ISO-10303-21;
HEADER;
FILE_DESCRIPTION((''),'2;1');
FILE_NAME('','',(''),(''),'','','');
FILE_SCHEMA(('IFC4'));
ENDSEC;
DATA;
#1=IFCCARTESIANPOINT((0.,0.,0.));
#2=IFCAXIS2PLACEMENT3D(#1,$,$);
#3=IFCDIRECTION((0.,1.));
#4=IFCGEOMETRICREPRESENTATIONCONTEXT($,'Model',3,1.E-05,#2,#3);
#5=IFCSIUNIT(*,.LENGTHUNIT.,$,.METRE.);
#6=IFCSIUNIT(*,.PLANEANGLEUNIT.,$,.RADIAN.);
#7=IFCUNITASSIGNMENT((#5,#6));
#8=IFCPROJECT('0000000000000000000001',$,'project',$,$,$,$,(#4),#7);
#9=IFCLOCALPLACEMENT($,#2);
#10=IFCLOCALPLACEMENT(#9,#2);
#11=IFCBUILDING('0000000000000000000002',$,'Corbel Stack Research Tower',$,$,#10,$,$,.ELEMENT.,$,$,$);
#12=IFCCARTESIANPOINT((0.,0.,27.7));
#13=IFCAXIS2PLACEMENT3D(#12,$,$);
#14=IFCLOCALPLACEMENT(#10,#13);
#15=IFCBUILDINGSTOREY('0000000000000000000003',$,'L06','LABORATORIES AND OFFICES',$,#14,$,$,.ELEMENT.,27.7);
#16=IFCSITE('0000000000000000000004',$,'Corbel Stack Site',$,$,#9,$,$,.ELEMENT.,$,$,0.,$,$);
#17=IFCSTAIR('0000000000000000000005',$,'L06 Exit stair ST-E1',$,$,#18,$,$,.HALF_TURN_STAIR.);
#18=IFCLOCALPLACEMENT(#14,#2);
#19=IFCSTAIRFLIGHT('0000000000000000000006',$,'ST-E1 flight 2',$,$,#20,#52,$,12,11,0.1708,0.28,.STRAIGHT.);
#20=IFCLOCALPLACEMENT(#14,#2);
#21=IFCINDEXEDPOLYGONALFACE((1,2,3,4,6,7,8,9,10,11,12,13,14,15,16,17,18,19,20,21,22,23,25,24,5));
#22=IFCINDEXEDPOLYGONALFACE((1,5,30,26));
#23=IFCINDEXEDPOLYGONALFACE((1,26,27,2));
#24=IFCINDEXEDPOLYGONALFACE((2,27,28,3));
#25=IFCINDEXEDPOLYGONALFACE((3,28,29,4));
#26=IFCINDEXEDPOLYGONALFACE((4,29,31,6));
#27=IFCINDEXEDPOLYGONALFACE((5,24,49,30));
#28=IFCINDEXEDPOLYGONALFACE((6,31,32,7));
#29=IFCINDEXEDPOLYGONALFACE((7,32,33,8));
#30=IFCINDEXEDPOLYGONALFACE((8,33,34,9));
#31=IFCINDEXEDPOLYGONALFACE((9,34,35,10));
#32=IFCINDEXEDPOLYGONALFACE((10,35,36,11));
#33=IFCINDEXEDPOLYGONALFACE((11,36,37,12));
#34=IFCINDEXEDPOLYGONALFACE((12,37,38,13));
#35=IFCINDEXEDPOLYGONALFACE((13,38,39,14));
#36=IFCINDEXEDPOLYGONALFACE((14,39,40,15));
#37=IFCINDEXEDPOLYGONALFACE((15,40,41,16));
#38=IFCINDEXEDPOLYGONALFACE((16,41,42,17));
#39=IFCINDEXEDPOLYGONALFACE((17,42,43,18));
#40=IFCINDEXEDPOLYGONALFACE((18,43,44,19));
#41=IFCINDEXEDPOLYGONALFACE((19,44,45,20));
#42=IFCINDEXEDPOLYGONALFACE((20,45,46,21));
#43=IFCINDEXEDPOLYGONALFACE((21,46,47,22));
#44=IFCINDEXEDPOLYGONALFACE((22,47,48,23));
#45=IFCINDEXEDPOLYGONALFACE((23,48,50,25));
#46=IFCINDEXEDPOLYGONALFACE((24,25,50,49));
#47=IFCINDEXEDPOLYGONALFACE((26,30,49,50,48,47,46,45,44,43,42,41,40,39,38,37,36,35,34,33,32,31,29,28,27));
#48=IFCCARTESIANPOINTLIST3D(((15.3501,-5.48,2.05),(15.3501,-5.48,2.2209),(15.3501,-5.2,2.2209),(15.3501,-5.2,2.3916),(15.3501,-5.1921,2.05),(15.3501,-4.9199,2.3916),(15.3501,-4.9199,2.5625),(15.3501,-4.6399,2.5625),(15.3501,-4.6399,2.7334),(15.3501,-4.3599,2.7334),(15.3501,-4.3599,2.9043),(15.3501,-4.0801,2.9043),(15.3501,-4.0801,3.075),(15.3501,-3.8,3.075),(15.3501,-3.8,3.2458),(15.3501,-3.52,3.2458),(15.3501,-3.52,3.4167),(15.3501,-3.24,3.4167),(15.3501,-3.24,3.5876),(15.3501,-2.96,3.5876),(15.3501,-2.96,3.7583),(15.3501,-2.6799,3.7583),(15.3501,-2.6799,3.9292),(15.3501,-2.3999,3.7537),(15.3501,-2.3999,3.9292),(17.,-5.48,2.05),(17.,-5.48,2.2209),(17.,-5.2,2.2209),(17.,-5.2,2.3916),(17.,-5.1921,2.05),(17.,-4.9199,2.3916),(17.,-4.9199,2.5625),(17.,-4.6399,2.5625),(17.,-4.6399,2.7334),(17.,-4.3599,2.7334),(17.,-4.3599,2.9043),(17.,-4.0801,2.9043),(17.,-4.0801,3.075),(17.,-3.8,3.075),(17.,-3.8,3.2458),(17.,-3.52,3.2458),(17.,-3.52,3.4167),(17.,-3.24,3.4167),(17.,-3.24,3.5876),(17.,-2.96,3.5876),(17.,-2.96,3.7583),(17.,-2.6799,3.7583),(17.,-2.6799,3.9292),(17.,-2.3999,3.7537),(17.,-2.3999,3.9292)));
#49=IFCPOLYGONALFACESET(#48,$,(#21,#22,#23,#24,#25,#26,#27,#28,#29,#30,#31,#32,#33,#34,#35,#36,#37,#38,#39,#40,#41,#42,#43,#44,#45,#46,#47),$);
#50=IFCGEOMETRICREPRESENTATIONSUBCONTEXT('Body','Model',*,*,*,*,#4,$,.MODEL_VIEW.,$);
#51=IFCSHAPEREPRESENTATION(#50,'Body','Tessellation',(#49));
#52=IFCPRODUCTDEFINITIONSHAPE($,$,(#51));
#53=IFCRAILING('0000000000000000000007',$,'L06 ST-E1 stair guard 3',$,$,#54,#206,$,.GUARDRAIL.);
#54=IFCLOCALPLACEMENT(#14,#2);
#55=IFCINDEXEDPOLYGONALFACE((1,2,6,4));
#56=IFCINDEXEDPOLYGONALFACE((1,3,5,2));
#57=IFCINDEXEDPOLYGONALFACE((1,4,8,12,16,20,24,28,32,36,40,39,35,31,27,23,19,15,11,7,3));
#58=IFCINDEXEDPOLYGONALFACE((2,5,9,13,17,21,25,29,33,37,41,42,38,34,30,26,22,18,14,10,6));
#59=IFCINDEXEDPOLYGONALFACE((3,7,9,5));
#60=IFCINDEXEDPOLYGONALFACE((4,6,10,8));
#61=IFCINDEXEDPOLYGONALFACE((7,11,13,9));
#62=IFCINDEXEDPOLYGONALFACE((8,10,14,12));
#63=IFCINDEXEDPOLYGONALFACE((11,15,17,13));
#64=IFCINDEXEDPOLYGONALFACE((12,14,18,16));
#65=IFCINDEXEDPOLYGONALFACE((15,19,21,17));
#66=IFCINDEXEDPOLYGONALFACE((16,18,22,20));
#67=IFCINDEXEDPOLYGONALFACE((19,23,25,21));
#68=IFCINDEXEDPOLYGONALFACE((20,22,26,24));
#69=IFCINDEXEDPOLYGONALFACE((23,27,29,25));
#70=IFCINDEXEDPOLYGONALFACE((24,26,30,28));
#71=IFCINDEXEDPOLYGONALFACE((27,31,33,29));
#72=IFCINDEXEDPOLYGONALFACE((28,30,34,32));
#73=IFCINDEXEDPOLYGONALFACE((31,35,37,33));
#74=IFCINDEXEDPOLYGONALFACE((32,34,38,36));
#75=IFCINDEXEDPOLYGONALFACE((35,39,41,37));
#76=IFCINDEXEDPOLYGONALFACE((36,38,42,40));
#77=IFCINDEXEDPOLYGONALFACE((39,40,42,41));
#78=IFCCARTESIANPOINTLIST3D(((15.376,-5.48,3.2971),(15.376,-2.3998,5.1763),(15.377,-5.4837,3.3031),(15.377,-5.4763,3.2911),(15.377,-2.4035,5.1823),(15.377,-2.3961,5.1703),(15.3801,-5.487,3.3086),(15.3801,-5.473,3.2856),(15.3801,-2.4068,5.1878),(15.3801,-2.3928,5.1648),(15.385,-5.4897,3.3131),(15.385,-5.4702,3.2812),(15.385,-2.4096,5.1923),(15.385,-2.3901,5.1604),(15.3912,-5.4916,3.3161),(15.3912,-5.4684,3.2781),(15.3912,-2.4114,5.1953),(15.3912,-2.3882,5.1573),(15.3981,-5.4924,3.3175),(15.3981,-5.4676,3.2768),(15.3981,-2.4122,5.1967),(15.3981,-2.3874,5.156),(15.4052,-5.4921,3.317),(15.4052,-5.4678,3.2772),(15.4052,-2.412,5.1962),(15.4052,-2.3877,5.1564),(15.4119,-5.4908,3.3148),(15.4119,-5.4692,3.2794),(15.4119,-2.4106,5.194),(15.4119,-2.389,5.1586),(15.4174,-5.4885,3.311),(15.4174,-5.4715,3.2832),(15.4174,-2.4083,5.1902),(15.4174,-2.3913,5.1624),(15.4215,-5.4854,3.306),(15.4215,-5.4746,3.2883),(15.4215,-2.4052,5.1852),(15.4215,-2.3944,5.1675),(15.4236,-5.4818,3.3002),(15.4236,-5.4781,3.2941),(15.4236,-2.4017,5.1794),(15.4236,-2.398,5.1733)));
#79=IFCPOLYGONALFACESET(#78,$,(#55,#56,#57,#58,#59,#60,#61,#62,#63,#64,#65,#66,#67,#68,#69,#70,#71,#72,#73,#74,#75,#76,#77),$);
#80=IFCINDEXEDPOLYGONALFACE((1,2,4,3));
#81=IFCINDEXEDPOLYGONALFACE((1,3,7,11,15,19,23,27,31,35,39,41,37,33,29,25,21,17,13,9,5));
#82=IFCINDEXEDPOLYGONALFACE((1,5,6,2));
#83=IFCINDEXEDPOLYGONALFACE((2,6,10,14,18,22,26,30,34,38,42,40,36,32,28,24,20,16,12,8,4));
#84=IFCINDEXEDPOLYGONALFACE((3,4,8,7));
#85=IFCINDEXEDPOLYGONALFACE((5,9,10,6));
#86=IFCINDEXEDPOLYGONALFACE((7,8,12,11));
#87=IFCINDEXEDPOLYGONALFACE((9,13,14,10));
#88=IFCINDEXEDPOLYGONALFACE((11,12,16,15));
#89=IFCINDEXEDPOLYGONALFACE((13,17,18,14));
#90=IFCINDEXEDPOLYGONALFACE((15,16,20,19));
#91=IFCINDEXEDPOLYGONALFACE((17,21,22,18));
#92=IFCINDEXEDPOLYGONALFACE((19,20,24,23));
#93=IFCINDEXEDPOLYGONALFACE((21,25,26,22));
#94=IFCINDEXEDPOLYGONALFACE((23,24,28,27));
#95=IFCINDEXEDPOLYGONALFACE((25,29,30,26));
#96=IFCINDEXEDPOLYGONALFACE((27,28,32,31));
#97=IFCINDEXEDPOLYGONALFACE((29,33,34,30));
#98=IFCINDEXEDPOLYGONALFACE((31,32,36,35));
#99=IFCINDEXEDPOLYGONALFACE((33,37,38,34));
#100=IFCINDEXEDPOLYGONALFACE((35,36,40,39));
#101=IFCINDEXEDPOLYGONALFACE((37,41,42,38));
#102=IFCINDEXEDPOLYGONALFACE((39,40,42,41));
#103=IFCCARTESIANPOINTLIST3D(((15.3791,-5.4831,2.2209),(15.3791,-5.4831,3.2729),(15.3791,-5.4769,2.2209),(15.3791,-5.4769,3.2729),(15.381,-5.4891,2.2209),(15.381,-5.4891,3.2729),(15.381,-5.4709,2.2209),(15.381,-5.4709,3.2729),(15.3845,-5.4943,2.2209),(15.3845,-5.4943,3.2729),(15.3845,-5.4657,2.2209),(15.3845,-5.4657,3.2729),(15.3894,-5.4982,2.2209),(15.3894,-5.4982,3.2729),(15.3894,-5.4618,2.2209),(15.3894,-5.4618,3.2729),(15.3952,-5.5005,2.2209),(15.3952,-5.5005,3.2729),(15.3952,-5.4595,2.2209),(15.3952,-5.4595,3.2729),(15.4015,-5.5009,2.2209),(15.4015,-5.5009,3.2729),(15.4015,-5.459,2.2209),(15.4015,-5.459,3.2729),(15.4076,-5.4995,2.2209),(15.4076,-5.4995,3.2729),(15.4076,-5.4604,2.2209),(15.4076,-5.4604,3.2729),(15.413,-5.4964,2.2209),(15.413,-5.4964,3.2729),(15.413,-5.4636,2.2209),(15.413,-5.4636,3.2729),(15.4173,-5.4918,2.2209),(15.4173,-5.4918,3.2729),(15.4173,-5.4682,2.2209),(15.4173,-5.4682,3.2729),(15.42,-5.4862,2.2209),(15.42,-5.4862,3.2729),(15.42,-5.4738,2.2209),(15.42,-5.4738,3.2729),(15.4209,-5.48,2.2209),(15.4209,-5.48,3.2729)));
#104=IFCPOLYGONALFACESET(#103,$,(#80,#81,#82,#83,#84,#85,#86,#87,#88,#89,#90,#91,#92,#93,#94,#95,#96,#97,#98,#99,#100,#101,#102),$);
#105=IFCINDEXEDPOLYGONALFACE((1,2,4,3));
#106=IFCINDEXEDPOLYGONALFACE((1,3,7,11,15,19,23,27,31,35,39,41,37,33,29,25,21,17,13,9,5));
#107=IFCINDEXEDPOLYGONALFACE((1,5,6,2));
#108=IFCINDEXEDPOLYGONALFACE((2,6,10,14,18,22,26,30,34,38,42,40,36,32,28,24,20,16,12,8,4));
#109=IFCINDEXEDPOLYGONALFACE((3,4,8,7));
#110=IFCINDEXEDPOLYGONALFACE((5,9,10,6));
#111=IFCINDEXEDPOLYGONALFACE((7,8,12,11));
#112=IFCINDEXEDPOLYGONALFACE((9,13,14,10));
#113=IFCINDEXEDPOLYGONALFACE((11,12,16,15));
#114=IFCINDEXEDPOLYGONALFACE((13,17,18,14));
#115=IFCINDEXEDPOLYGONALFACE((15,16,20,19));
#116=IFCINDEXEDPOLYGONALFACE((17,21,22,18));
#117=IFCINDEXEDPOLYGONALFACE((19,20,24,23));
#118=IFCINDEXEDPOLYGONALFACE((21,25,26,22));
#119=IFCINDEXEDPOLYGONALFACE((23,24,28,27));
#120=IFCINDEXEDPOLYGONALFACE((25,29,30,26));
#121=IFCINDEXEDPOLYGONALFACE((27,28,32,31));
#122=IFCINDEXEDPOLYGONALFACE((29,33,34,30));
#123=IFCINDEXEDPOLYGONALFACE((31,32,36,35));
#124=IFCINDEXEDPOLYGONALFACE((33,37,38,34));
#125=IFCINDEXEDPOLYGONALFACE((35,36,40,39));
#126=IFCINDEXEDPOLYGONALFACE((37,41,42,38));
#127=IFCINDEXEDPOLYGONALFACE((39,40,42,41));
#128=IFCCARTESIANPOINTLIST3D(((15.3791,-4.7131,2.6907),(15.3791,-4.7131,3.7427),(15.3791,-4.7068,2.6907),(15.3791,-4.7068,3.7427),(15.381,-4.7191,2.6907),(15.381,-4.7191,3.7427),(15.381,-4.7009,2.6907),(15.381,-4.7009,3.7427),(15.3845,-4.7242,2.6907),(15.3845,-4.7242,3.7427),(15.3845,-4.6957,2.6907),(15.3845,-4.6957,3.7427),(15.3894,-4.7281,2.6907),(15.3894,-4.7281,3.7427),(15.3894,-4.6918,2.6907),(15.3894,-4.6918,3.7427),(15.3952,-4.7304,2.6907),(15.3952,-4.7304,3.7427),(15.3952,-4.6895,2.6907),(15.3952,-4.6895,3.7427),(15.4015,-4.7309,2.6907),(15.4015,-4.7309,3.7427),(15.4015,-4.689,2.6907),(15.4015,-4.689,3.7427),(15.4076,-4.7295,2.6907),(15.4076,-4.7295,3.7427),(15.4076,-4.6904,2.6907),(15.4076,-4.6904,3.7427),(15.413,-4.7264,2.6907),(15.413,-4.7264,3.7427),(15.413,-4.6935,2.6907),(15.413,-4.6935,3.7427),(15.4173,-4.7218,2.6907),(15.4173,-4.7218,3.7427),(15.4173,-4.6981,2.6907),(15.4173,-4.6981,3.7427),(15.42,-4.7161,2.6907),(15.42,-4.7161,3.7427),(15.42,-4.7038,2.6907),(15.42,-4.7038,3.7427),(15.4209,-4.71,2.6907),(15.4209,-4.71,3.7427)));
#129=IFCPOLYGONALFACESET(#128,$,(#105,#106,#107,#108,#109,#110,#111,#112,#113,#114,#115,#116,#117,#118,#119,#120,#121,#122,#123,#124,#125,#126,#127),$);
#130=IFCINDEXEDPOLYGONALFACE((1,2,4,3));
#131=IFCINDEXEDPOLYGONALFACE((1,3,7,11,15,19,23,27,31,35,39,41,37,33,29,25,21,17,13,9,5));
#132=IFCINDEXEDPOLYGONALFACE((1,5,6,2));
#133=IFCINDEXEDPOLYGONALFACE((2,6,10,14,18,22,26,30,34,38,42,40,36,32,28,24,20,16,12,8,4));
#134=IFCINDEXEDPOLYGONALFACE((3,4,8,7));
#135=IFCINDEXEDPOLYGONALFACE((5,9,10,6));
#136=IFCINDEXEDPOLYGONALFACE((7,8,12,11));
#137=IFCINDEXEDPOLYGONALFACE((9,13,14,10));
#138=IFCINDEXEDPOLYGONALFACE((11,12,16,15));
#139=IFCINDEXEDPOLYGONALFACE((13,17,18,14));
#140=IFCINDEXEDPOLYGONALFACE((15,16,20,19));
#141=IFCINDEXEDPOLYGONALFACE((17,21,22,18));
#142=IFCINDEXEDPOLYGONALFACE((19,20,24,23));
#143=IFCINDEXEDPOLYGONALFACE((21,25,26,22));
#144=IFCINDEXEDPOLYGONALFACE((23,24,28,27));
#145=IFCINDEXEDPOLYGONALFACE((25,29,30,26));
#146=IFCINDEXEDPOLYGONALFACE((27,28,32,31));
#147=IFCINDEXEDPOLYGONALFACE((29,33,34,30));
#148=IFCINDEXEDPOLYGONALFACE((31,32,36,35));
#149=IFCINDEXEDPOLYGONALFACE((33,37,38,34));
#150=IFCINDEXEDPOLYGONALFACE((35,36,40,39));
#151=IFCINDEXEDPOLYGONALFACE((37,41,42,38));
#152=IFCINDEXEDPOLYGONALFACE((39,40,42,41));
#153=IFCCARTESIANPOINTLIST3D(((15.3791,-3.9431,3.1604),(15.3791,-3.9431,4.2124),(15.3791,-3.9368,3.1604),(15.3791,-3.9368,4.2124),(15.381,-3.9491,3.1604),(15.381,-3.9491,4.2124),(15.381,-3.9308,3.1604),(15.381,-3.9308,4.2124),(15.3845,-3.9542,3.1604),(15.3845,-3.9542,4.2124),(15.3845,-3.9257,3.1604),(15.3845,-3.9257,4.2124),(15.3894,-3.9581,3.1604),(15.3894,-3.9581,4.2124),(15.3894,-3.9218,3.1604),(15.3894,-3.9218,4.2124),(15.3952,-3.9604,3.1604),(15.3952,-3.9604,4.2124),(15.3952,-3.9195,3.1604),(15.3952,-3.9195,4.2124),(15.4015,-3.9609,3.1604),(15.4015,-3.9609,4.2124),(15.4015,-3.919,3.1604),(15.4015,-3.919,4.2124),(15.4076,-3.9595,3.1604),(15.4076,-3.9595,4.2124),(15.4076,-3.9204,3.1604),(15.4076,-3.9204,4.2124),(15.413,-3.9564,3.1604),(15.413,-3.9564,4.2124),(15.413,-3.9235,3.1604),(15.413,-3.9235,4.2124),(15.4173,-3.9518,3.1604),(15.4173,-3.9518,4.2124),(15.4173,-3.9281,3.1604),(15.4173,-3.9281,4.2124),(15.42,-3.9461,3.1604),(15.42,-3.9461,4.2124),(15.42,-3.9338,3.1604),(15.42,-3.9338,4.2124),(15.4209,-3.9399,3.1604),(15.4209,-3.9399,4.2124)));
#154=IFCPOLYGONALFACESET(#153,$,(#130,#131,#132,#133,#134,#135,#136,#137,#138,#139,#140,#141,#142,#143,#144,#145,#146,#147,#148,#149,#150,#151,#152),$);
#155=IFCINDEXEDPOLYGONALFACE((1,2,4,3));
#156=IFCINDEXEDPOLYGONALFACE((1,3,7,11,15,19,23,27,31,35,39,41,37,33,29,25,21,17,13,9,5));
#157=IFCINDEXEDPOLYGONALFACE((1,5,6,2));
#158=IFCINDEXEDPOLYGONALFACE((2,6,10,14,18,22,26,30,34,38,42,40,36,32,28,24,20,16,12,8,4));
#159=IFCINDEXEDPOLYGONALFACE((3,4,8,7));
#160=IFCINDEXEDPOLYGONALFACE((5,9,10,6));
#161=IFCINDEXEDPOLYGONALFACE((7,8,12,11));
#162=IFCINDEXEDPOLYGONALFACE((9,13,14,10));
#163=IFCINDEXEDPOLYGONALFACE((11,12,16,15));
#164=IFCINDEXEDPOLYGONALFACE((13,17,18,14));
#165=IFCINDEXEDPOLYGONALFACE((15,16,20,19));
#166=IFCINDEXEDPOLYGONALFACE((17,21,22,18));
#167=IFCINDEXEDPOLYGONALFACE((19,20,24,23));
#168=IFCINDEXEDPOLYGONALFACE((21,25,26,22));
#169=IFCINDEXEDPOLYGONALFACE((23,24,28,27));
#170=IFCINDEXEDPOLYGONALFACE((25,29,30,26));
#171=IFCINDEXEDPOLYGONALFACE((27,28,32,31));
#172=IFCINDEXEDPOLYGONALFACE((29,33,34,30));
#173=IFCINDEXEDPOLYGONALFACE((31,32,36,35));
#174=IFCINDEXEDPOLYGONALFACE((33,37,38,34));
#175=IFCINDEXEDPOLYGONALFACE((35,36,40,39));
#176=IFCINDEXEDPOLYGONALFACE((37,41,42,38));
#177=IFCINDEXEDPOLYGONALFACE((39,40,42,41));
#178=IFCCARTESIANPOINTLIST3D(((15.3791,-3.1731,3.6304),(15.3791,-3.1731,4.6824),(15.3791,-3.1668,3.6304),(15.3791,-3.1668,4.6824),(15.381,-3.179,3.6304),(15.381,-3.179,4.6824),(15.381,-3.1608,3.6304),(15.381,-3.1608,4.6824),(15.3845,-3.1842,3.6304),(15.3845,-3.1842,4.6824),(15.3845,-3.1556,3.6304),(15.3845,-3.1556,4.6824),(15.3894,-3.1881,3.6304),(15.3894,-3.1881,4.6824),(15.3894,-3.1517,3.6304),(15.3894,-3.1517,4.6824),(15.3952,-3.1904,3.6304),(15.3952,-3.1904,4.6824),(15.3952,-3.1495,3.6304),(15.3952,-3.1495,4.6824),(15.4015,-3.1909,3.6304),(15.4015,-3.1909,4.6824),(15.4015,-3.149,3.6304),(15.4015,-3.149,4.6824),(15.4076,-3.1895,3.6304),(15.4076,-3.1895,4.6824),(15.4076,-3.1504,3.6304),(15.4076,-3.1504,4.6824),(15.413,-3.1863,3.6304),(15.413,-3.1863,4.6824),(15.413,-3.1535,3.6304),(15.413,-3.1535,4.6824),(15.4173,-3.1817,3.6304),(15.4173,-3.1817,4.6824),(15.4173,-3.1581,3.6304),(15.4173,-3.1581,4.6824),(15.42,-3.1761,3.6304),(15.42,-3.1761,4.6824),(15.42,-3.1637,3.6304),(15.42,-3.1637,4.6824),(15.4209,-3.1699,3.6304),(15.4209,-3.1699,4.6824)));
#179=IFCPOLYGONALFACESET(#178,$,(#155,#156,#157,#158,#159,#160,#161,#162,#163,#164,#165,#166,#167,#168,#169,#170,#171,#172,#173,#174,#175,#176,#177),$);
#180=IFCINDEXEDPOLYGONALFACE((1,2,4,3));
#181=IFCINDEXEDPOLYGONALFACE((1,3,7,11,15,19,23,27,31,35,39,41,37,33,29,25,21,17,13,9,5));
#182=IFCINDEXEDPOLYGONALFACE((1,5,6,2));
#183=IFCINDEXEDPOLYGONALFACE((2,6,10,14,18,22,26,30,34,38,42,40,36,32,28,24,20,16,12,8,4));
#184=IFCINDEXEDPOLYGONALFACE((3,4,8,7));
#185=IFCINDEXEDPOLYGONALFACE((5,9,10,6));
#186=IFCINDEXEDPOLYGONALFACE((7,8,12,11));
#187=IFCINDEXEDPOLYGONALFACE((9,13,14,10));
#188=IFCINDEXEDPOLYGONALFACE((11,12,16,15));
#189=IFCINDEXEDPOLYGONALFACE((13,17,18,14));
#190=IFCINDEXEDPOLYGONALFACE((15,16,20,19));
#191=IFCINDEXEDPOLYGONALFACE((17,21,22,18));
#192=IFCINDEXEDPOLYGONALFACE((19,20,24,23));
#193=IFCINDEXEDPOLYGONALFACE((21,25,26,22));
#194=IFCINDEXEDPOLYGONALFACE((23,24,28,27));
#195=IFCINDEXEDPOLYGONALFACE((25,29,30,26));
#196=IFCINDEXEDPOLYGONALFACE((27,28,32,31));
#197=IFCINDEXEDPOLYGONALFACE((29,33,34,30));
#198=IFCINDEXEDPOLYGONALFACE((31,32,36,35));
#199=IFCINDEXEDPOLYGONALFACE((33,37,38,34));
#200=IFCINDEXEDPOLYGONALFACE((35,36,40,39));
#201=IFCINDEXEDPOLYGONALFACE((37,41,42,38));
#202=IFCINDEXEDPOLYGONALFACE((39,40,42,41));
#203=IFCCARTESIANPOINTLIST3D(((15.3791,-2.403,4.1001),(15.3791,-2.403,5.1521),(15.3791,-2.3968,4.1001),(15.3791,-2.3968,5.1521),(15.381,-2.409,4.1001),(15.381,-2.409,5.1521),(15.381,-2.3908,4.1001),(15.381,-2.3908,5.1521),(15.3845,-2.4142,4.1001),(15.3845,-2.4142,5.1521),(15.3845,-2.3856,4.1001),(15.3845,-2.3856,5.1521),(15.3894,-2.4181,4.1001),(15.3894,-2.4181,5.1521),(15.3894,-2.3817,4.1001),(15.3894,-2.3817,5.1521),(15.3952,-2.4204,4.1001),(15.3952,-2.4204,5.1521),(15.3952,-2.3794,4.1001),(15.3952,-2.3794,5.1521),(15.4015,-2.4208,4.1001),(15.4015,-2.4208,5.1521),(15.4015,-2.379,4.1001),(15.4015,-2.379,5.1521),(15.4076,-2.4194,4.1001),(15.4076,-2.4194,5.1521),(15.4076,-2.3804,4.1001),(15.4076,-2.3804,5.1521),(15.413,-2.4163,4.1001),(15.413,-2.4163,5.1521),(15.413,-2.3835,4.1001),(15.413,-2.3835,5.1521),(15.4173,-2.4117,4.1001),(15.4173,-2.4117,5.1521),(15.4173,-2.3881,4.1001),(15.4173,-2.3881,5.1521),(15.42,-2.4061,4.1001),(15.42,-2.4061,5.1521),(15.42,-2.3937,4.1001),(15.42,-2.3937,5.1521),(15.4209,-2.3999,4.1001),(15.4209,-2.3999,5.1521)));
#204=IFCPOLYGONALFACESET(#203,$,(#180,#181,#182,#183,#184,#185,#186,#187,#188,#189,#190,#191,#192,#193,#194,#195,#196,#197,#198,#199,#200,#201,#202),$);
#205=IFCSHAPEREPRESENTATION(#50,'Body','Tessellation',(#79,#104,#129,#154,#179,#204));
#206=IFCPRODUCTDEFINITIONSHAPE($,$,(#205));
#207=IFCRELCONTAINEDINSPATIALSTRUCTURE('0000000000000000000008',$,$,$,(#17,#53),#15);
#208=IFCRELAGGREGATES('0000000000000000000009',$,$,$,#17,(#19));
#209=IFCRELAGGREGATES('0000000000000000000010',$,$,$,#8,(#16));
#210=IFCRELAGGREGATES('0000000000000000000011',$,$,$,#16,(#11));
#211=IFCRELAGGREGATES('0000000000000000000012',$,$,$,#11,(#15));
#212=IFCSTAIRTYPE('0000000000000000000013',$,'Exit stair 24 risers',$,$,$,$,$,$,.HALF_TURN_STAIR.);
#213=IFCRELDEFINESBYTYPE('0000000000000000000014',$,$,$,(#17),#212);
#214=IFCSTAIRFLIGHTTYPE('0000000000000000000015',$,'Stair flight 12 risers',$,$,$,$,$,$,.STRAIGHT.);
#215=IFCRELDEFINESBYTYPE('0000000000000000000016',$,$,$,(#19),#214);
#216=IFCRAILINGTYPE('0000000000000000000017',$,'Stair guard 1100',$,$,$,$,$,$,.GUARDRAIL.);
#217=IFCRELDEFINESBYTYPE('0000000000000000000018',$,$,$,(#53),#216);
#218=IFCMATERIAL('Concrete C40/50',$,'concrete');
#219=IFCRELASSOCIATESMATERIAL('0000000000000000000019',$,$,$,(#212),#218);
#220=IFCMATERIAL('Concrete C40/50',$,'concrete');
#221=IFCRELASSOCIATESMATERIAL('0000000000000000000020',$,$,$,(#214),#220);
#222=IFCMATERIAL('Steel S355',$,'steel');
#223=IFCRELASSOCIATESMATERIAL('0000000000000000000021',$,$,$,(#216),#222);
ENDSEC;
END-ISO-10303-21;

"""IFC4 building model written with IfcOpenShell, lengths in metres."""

from ifc_helpers import new_model, si_unit, direction, frame, origin, origin_2d, place, context, subcontext, project, spatial, polyline, circle, outline, extrude, material, type_object, element, aggregate, save


model = new_model("IFC4")

# Units and contexts
model_context = context("Model", 3, precision=1e-05, world=origin(), true_north=direction((0.0, 1.0)))
body_context = subcontext(model_context, "Body", "Model", "MODEL_VIEW")
ifc_project = project(units=[si_unit("LENGTHUNIT", "METRE"), si_unit("PLANEANGLEUNIT", "RADIAN")], contexts=[model_context])

# Site, building, storey
site_placement = place(None, origin())
site = spatial("IfcSite", under=ifc_project, at=site_placement, Name="Corbel Stack Site", CompositionType="ELEMENT", RefElevation=0.0)
building_placement = place(site_placement, origin())
building = spatial("IfcBuilding", under=site, at=building_placement, Name="Corbel Stack Research Tower", CompositionType="ELEMENT")
storey_placement = place(building_placement, frame((0.0, 0.0, 27.7)))
storey = spatial("IfcBuildingStorey", under=building, at=storey_placement, Name="L06", Description="LABORATORIES AND OFFICES", CompositionType="ELEMENT", Elevation=27.7)

# Stair, stair flight
ifc_material_1 = material(Name="Concrete C40/50", Category="concrete")
stair_type = type_object("IfcStairType", Name="Exit stair 24 risers", PredefinedType="HALF_TURN_STAIR", material=ifc_material_1)
stair_placement = place(storey_placement, origin())
stair = element("IfcStair", 1, at=stair_placement, inside=storey, type_object=stair_type, Name="L06 Exit stair ST-E1", PredefinedType="HALF_TURN_STAIR")
ifc_material_2 = material(Name="Concrete C40/50", Category="concrete")
stair_flight_type = type_object("IfcStairFlightType", Name="Stair flight 12 risers", PredefinedType="STRAIGHT", material=ifc_material_2)
stair_flight_placement = place(storey_placement, frame((16.175, -5.48, 2.05), z_axis=(0.0, 0.0, 1.0), x_axis=(0.0, 1.0, 0.0)))
stair_flight = element("IfcStairFlight", 2, at=stair_flight_placement, type_object=stair_flight_type, Name="ST-E1 flight 2", NumberOfRisers=12, NumberOfTreads=11, PredefinedType="STRAIGHT", RiserHeight=0.1708, TreadLength=0.28, context=body_context, shape_type="SweptSolid", body=[
    extrude(outline(polyline([(0.0, 0.0), (0.0, 0.1709), (0.28, 0.1709), (0.28, 0.3416), (0.5601, 0.3416), (0.5601, 0.5125), (0.8401, 0.5125), (0.8401, 0.6833), (1.1201, 0.6833), (1.1201, 0.8542), (1.3999, 0.8542), (1.3999, 1.0249), (1.6799, 1.0249), (1.6799, 1.1958), (1.96, 1.1958), (1.96, 1.3667), (2.24, 1.3667), (2.24, 1.5376), (2.52, 1.5376), (2.52, 1.7083), (2.8, 1.7083), (2.8, 1.8792), (3.0801, 1.8792), (3.0801, 2.05), (3.0801, 1.7036), (0.2878, 0.0), (0.0, 0.0)])), frame((0.0, 0.825, 0.0), z_axis=(0.0, -1.0, 0.0), x_axis=(1.0, 0.0, 0.0)), (0.0, 0.0, 1.0), 1.6499),
])
aggregate(stair, [stair_flight])

# Railing
ifc_material_3 = material(Name="Steel S355", Category="steel")
railing_type_1 = type_object("IfcRailingType", Name="Stair guard 1100", PredefinedType="GUARDRAIL", material=ifc_material_3)
railing_1_placement = place(storey_placement, frame((15.3999, -5.48, 2.2209)))
element("IfcRailing", 3, at=railing_1_placement, inside=storey, type_object=railing_type_1, Name="L06 ST-E1 stair guard 3", PredefinedType="GUARDRAIL", context=body_context, shape_type="SweptSolid", body=[
    extrude(circle(Radius=0.0239, at=origin_2d()), frame((0.0, 0.0, 1.0762), z_axis=(0.0, 0.853666, 0.52082), x_axis=(-1.0, 0.0, 0.0)), (0.0, 0.0, 1.0), 3.6082),
    extrude(circle(Radius=0.021, at=origin_2d()), origin(), (0.0, 0.0, 1.0), 1.052),
    extrude(circle(Radius=0.021, at=origin_2d()), frame((0.0, 0.77, 0.4697)), (0.0, 0.0, 1.0), 1.052),
    extrude(circle(Radius=0.021, at=origin_2d()), frame((0.0, 1.54, 0.9395)), (0.0, 0.0, 1.0), 1.052),
    extrude(circle(Radius=0.021, at=origin_2d()), frame((0.0, 2.3101, 1.4094)), (0.0, 0.0, 1.0), 1.052),
    extrude(circle(Radius=0.021, at=origin_2d()), frame((0.0, 3.0801, 1.8792)), (0.0, 0.0, 1.0), 1.052),
])

save(model, "model.ifc")
